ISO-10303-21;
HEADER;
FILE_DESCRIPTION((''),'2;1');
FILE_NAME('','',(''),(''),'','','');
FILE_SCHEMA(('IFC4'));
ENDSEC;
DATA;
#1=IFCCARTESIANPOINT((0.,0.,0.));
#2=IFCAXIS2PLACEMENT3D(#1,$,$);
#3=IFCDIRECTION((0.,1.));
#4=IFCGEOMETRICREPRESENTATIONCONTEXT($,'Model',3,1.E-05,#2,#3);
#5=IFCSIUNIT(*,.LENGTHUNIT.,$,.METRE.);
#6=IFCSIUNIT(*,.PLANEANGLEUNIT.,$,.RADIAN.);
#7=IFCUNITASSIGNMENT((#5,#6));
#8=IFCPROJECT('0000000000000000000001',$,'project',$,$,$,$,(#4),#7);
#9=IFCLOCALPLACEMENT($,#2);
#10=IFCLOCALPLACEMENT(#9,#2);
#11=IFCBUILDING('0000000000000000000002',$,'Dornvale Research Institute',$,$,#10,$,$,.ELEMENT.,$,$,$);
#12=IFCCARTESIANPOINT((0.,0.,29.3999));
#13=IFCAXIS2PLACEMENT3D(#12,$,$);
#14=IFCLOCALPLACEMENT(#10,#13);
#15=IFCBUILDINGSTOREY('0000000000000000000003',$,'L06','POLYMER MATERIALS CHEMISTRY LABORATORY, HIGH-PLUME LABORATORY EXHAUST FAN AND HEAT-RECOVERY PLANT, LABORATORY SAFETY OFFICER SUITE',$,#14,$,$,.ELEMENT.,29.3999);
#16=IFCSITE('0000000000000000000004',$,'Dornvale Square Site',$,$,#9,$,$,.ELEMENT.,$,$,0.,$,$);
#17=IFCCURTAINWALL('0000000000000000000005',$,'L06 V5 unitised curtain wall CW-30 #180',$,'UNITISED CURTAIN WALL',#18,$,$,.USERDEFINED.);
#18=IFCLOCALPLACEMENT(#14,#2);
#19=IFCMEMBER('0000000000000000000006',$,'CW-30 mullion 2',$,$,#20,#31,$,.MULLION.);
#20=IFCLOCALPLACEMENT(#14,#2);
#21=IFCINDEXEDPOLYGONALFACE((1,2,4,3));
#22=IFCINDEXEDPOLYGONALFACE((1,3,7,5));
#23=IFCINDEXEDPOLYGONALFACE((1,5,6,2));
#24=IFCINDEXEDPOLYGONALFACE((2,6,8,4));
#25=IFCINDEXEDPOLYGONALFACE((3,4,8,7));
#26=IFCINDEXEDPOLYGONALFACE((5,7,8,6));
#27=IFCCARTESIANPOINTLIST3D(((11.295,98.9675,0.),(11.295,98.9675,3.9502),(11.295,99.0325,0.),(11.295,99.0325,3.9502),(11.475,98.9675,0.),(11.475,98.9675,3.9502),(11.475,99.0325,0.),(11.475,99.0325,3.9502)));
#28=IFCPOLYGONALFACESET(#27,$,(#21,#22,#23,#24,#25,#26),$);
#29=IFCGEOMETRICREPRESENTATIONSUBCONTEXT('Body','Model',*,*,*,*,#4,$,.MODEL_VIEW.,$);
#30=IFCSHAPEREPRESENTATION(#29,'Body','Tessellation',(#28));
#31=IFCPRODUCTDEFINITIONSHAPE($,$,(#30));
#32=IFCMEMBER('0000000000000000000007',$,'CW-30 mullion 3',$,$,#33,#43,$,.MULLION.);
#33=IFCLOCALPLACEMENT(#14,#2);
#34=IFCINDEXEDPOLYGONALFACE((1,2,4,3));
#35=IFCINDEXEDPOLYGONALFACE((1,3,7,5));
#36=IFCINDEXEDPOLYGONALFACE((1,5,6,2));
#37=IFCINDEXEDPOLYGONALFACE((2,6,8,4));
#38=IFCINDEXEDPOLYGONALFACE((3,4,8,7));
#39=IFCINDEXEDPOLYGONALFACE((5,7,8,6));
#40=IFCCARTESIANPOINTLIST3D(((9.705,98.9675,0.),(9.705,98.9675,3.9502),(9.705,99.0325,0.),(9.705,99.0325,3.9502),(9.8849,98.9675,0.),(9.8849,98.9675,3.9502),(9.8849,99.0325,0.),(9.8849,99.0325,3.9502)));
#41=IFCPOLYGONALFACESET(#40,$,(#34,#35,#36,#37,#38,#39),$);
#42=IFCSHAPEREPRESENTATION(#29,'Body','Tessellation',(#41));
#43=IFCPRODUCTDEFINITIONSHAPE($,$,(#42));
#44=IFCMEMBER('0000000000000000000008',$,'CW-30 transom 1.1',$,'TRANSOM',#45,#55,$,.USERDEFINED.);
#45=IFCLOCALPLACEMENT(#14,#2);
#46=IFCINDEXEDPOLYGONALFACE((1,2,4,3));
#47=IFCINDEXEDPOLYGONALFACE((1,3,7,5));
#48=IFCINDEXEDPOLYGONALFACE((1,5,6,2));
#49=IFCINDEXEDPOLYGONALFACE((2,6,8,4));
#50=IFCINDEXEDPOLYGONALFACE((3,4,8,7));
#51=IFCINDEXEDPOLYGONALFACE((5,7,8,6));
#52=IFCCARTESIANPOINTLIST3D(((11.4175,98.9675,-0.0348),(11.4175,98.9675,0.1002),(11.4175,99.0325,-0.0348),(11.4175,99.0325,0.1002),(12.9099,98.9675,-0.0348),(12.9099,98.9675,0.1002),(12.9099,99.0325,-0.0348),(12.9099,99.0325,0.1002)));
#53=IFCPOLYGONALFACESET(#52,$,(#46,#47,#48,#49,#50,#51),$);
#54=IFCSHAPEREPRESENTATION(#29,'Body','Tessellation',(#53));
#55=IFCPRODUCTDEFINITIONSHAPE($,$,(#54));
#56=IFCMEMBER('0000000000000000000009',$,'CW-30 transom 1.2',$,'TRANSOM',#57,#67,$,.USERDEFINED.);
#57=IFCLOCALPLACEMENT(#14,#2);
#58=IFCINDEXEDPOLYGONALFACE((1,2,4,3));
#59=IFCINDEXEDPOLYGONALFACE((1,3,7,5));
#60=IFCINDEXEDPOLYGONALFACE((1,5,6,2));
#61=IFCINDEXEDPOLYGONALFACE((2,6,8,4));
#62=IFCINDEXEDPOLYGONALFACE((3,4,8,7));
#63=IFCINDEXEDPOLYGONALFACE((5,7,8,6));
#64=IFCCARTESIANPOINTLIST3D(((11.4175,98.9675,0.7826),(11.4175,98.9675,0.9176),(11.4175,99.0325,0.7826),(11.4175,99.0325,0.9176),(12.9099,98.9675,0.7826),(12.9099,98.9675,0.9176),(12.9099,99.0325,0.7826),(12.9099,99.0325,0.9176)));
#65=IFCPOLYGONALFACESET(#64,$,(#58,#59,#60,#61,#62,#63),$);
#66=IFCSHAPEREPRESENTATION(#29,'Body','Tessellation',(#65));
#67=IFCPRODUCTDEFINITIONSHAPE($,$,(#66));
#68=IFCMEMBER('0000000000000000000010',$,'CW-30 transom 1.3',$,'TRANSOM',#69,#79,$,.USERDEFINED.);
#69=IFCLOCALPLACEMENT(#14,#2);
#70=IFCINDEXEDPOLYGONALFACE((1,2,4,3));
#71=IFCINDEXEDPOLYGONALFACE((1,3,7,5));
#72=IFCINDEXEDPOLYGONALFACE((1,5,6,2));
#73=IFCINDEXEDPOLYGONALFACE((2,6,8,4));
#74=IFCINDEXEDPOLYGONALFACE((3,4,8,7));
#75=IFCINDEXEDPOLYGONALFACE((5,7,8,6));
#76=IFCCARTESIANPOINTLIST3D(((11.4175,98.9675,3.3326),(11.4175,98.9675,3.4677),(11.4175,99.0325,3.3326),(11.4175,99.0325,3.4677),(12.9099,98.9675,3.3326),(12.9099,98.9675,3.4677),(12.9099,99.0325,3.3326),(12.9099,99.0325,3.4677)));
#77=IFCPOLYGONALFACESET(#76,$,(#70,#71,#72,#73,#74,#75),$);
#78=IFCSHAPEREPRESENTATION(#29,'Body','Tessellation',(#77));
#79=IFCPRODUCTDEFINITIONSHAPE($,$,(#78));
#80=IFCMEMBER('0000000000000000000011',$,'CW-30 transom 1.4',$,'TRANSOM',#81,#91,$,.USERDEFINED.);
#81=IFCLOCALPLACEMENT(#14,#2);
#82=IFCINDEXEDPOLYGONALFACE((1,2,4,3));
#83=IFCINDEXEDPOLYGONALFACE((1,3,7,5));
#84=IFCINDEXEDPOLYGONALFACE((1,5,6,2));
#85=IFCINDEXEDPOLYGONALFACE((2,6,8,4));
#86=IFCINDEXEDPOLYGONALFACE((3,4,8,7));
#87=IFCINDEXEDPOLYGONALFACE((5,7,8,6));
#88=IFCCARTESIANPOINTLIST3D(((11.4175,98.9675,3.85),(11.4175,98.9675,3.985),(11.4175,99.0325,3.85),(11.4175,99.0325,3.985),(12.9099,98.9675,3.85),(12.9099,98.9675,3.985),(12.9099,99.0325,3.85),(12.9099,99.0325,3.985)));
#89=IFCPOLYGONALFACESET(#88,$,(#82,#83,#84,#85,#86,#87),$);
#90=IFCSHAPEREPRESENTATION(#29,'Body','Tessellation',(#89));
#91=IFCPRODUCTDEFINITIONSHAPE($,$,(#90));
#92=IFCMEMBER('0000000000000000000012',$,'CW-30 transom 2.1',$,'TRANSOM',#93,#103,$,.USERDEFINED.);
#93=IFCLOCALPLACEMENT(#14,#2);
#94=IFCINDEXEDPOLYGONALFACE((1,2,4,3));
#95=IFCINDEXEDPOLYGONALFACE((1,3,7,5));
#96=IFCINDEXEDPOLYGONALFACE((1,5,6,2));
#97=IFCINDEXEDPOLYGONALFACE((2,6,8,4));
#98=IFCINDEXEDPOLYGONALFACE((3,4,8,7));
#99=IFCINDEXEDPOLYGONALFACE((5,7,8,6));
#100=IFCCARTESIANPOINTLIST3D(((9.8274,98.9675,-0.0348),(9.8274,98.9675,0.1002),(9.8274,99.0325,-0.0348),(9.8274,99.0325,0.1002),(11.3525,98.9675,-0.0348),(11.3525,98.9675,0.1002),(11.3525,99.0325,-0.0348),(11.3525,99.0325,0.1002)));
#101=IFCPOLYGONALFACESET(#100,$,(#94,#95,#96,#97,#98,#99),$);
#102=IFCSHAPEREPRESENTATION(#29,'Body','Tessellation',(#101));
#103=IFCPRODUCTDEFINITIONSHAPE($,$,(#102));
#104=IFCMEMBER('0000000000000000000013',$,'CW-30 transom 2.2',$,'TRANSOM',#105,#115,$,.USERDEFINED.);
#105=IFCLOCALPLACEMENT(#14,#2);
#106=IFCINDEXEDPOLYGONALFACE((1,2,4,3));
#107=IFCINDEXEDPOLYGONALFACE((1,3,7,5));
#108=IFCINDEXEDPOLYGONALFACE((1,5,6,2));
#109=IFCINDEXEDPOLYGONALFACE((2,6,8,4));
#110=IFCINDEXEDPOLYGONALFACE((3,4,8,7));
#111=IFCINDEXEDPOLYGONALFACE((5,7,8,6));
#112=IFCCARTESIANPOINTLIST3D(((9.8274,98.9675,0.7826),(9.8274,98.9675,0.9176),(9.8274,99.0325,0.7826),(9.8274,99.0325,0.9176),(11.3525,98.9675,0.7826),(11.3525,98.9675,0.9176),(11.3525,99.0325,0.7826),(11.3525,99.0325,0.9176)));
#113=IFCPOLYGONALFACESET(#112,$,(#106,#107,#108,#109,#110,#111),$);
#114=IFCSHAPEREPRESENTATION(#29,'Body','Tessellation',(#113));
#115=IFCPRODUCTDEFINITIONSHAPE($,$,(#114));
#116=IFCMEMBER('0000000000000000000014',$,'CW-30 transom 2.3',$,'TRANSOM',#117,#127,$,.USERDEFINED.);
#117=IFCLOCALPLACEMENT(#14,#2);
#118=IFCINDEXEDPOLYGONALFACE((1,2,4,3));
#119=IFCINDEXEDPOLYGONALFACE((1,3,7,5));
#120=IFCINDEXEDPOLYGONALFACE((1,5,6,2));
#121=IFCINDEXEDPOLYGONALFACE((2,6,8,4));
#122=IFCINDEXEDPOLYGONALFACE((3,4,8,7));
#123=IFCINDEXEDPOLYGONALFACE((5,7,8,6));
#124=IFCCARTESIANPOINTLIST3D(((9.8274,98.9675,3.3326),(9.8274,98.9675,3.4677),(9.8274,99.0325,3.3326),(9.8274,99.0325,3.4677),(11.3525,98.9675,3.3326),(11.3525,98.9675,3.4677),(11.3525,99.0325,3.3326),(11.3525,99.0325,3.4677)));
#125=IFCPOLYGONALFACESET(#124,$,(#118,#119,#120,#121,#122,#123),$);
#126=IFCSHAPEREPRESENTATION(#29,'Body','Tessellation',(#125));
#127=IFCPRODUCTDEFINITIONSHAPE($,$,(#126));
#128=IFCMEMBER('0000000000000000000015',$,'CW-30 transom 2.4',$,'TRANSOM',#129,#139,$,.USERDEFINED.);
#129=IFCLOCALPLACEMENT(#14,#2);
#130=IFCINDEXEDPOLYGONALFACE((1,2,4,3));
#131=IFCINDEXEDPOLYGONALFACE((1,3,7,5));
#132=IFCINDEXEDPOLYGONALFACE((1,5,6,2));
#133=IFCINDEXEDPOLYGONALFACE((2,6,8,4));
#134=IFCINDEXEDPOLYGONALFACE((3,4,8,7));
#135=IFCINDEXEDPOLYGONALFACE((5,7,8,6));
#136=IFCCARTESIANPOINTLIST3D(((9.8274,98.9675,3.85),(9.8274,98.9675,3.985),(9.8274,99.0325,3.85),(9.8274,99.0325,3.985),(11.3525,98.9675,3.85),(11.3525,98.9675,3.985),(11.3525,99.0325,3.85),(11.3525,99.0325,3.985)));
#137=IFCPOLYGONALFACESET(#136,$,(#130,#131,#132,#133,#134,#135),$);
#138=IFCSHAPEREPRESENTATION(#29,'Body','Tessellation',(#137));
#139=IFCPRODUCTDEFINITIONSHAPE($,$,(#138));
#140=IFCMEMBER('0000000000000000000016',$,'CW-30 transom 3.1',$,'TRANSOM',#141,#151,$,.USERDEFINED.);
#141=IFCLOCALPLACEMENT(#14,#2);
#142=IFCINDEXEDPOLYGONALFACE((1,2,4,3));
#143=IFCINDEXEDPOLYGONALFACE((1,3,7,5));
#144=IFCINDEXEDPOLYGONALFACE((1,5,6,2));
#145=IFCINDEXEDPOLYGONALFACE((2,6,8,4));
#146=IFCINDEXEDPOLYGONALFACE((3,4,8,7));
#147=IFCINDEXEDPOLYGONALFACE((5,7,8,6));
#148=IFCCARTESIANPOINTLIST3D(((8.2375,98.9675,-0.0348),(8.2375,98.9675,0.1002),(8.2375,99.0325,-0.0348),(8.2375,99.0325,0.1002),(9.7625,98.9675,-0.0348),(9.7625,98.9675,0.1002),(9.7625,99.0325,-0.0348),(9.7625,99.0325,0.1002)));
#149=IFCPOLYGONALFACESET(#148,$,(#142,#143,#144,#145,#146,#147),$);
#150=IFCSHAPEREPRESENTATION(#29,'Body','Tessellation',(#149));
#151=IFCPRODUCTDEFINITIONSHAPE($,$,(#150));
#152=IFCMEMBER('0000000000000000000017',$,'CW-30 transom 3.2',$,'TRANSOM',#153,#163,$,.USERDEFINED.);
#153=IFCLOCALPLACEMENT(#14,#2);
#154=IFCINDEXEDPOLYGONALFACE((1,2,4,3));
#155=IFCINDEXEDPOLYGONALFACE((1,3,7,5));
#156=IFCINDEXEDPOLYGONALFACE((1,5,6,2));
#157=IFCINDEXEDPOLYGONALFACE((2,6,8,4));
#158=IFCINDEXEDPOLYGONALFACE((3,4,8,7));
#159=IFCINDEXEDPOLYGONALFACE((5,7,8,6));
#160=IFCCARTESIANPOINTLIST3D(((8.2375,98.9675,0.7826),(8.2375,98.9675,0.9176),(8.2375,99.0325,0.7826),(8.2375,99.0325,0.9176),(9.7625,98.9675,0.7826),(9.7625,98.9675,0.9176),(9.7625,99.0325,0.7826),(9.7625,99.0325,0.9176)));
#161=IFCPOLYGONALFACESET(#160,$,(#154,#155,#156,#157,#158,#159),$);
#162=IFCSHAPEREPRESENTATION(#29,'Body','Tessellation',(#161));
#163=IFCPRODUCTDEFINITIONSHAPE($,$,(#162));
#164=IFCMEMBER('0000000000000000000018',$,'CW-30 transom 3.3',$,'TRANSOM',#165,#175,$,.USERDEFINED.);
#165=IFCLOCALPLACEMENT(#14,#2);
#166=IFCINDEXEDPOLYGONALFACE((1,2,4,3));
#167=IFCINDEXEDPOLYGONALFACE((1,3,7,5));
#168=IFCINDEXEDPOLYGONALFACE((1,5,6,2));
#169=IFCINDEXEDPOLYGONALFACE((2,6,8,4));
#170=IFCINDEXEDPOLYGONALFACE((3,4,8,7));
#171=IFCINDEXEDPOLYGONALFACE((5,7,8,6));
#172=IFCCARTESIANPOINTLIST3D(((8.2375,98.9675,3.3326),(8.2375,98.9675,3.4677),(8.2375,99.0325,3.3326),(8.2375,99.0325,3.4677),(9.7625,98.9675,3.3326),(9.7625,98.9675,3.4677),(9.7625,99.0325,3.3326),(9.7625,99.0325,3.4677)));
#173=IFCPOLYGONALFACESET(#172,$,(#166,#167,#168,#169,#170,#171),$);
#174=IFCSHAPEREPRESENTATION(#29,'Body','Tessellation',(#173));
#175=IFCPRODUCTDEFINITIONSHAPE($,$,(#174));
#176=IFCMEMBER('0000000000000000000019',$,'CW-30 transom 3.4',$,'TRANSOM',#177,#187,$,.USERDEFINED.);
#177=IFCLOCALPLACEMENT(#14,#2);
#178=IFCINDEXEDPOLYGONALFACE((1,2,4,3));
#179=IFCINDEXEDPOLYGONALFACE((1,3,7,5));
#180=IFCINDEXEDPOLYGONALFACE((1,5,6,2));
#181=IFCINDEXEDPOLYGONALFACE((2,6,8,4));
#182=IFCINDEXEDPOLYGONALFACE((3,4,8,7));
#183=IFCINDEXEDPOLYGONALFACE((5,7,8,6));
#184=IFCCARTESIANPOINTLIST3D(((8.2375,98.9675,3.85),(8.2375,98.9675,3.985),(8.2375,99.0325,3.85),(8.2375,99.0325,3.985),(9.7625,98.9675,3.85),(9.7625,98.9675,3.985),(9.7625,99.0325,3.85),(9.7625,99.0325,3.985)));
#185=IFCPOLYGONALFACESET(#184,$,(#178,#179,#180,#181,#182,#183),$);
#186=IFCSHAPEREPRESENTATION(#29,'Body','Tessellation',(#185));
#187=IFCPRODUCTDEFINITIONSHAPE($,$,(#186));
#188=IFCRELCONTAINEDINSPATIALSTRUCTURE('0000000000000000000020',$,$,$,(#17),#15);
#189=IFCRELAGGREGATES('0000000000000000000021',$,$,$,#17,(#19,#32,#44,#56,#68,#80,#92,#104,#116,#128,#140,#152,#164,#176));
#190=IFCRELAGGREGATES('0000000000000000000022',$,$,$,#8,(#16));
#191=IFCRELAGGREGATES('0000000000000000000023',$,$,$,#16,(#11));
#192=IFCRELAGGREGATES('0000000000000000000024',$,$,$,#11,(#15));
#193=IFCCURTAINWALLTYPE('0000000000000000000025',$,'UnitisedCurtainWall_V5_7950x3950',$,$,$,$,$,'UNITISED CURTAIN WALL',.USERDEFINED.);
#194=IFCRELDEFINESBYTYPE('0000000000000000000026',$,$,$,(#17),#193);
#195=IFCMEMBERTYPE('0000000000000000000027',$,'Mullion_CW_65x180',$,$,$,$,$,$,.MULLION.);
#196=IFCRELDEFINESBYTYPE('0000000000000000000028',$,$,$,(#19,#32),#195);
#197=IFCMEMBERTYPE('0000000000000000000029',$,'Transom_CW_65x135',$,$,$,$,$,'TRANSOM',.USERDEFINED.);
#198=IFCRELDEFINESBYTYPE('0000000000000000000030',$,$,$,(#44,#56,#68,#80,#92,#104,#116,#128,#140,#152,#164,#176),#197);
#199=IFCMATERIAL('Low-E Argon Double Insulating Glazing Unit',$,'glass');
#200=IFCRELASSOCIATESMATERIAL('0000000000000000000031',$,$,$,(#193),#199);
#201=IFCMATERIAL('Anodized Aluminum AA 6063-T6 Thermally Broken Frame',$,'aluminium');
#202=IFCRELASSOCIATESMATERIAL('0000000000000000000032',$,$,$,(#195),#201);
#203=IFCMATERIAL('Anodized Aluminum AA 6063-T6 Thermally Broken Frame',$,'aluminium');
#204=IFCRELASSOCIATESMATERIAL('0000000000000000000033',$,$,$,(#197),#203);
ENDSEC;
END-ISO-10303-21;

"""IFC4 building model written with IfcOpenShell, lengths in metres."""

from ifc_helpers import new_model, si_unit, direction, frame, origin, origin_2d, place, context, subcontext, project, spatial, rectangle, extrude, material, material_profile, profile_set, type_object, element, aggregate, save


model = new_model("IFC4")

# Units and contexts
model_context = context("Model", 3, precision=1e-05, world=origin(), true_north=direction((0.0, 1.0)))
body_context = subcontext(model_context, "Body", "Model", "MODEL_VIEW")
ifc_project = project(units=[si_unit("LENGTHUNIT", "METRE"), si_unit("PLANEANGLEUNIT", "RADIAN")], contexts=[model_context])

# Site, building, storey
site_placement = place(None, origin())
site = spatial("IfcSite", under=ifc_project, at=site_placement, Name="Dornvale Square Site", CompositionType="ELEMENT", RefElevation=0.0)
building_placement = place(site_placement, origin())
building = spatial("IfcBuilding", under=site, at=building_placement, Name="Dornvale Research Institute", CompositionType="ELEMENT")
storey_placement = place(building_placement, frame((0.0, 0.0, 29.3999)))
storey = spatial("IfcBuildingStorey", under=building, at=storey_placement, Name="L06", Description="POLYMER MATERIALS CHEMISTRY LABORATORY, HIGH-PLUME LABORATORY EXHAUST FAN AND HEAT-RECOVERY PLANT, LABORATORY SAFETY OFFICER SUITE", CompositionType="ELEMENT", Elevation=29.3999)

# Curtain wall, members
ifc_material_1 = material(Name="Low-E Argon Double Insulating Glazing Unit", Category="glass")
curtain_wall_type = type_object("IfcCurtainWallType", Name="UnitisedCurtainWall_V5_7950x3950", ElementType="UNITISED CURTAIN WALL", PredefinedType="USERDEFINED", material=ifc_material_1)
curtain_wall_placement = place(storey_placement, origin())
curtain_wall = element("IfcCurtainWall", 1, at=curtain_wall_placement, inside=storey, type_object=curtain_wall_type, Name="L06 V5 unitised curtain wall CW-30 #180", ObjectType="UNITISED CURTAIN WALL", PredefinedType="USERDEFINED")
ifc_material_2 = material(Name="Anodized Aluminum AA 6063-T6 Thermally Broken Frame", Category="aluminium")
ifc_material_profile_1 = material_profile(ifc_material_2, rectangle(XDim=0.0649, YDim=0.1799, at=origin_2d()), Name="ALU MULLION 65x180")
ifc_profile_set_1 = profile_set([ifc_material_profile_1], Name="Anodized Aluminum AA 6063-T6 Thermally Broken Frame")
member_type_1 = type_object("IfcMemberType", Name="Mullion_CW_65x180", PredefinedType="MULLION", material=ifc_profile_set_1)
member_1_placement = place(storey_placement, frame((11.385, 99.0, 0.0), z_axis=(0.0, 0.0, 1.0), x_axis=(0.0, -1.0, 0.0)))
member_1 = element("IfcMember", 2, at=member_1_placement, type_object=member_type_1, Name="CW-30 mullion 2", PredefinedType="MULLION", context=body_context, shape_type="SweptSolid", body=[
    extrude(rectangle(XDim=0.0649, YDim=0.1799, at=origin_2d()), origin(), (0.0, 0.0, 1.0), 3.9502),
])
member_2_placement = place(storey_placement, frame((9.7949, 99.0, 0.0), z_axis=(0.0, 0.0, 1.0), x_axis=(0.0, -1.0, 0.0)))
member_2 = element("IfcMember", 3, at=member_2_placement, type_object=member_type_1, Name="CW-30 mullion 3", PredefinedType="MULLION", context=body_context, shape_type="SweptSolid", body=[
    extrude(rectangle(XDim=0.0649, YDim=0.1799, at=origin_2d()), origin(), (0.0, 0.0, 1.0), 3.9502),
])
ifc_material_3 = material(Name="Anodized Aluminum AA 6063-T6 Thermally Broken Frame", Category="aluminium")
ifc_material_profile_2 = material_profile(ifc_material_3, rectangle(XDim=0.0649, YDim=0.135, at=origin_2d()), Name="ALU TRANSOM 65x135")
ifc_profile_set_2 = profile_set([ifc_material_profile_2], Name="Anodized Aluminum AA 6063-T6 Thermally Broken Frame")
member_type_2 = type_object("IfcMemberType", Name="Transom_CW_65x135", ElementType="TRANSOM", PredefinedType="USERDEFINED", material=ifc_profile_set_2)
member_3_placement = place(storey_placement, frame((12.9099, 99.0, 0.0327), z_axis=(-1.0, 0.0, 0.0), x_axis=(0.0, -1.0, 0.0)))
member_3 = element("IfcMember", 4, at=member_3_placement, type_object=member_type_2, Name="CW-30 transom 1.1", ObjectType="TRANSOM", PredefinedType="USERDEFINED", context=body_context, shape_type="SweptSolid", body=[
    extrude(rectangle(XDim=0.0649, YDim=0.135, at=origin_2d()), origin(), (0.0, 0.0, 1.0), 1.4924),
])
member_4_placement = place(storey_placement, frame((12.9099, 99.0, 0.8501), z_axis=(-1.0, 0.0, 0.0), x_axis=(0.0, -1.0, 0.0)))
member_4 = element("IfcMember", 5, at=member_4_placement, type_object=member_type_2, Name="CW-30 transom 1.2", ObjectType="TRANSOM", PredefinedType="USERDEFINED", context=body_context, shape_type="SweptSolid", body=[
    extrude(rectangle(XDim=0.0649, YDim=0.135, at=origin_2d()), origin(), (0.0, 0.0, 1.0), 1.4924),
])
member_5_placement = place(storey_placement, frame((12.9099, 99.0, 3.4001), z_axis=(-1.0, 0.0, 0.0), x_axis=(0.0, -1.0, 0.0)))
member_5 = element("IfcMember", 6, at=member_5_placement, type_object=member_type_2, Name="CW-30 transom 1.3", ObjectType="TRANSOM", PredefinedType="USERDEFINED", context=body_context, shape_type="SweptSolid", body=[
    extrude(rectangle(XDim=0.0649, YDim=0.135, at=origin_2d()), origin(), (0.0, 0.0, 1.0), 1.4924),
])
member_6_placement = place(storey_placement, frame((12.9099, 99.0, 3.9175), z_axis=(-1.0, 0.0, 0.0), x_axis=(0.0, -1.0, 0.0)))
member_6 = element("IfcMember", 7, at=member_6_placement, type_object=member_type_2, Name="CW-30 transom 1.4", ObjectType="TRANSOM", PredefinedType="USERDEFINED", context=body_context, shape_type="SweptSolid", body=[
    extrude(rectangle(XDim=0.0649, YDim=0.135, at=origin_2d()), origin(), (0.0, 0.0, 1.0), 1.4924),
])
member_7_placement = place(storey_placement, frame((11.3525, 99.0, 0.0327), z_axis=(-1.0, 0.0, 0.0), x_axis=(0.0, -1.0, 0.0)))
member_7 = element("IfcMember", 8, at=member_7_placement, type_object=member_type_2, Name="CW-30 transom 2.1", ObjectType="TRANSOM", PredefinedType="USERDEFINED", context=body_context, shape_type="SweptSolid", body=[
    extrude(rectangle(XDim=0.0649, YDim=0.135, at=origin_2d()), origin(), (0.0, 0.0, 1.0), 1.5251),
])
member_8_placement = place(storey_placement, frame((11.3525, 99.0, 0.8501), z_axis=(-1.0, 0.0, 0.0), x_axis=(0.0, -1.0, 0.0)))
member_8 = element("IfcMember", 9, at=member_8_placement, type_object=member_type_2, Name="CW-30 transom 2.2", ObjectType="TRANSOM", PredefinedType="USERDEFINED", context=body_context, shape_type="SweptSolid", body=[
    extrude(rectangle(XDim=0.0649, YDim=0.135, at=origin_2d()), origin(), (0.0, 0.0, 1.0), 1.5251),
])
member_9_placement = place(storey_placement, frame((11.3525, 99.0, 3.4001), z_axis=(-1.0, 0.0, 0.0), x_axis=(0.0, -1.0, 0.0)))
member_9 = element("IfcMember", 10, at=member_9_placement, type_object=member_type_2, Name="CW-30 transom 2.3", ObjectType="TRANSOM", PredefinedType="USERDEFINED", context=body_context, shape_type="SweptSolid", body=[
    extrude(rectangle(XDim=0.0649, YDim=0.135, at=origin_2d()), origin(), (0.0, 0.0, 1.0), 1.5251),
])
member_10_placement = place(storey_placement, frame((11.3525, 99.0, 3.9175), z_axis=(-1.0, 0.0, 0.0), x_axis=(0.0, -1.0, 0.0)))
member_10 = element("IfcMember", 11, at=member_10_placement, type_object=member_type_2, Name="CW-30 transom 2.4", ObjectType="TRANSOM", PredefinedType="USERDEFINED", context=body_context, shape_type="SweptSolid", body=[
    extrude(rectangle(XDim=0.0649, YDim=0.135, at=origin_2d()), origin(), (0.0, 0.0, 1.0), 1.5251),
])
member_11_placement = place(storey_placement, frame((9.7625, 99.0, 0.0327), z_axis=(-1.0, 0.0, 0.0), x_axis=(0.0, -1.0, 0.0)))
member_11 = element("IfcMember", 12, at=member_11_placement, type_object=member_type_2, Name="CW-30 transom 3.1", ObjectType="TRANSOM", PredefinedType="USERDEFINED", context=body_context, shape_type="SweptSolid", body=[
    extrude(rectangle(XDim=0.0649, YDim=0.135, at=origin_2d()), origin(), (0.0, 0.0, 1.0), 1.5249),
])
member_12_placement = place(storey_placement, frame((9.7625, 99.0, 0.8501), z_axis=(-1.0, 0.0, 0.0), x_axis=(0.0, -1.0, 0.0)))
member_12 = element("IfcMember", 13, at=member_12_placement, type_object=member_type_2, Name="CW-30 transom 3.2", ObjectType="TRANSOM", PredefinedType="USERDEFINED", context=body_context, shape_type="SweptSolid", body=[
    extrude(rectangle(XDim=0.0649, YDim=0.135, at=origin_2d()), origin(), (0.0, 0.0, 1.0), 1.5249),
])
member_13_placement = place(storey_placement, frame((9.7625, 99.0, 3.4001), z_axis=(-1.0, 0.0, 0.0), x_axis=(0.0, -1.0, 0.0)))
member_13 = element("IfcMember", 14, at=member_13_placement, type_object=member_type_2, Name="CW-30 transom 3.3", ObjectType="TRANSOM", PredefinedType="USERDEFINED", context=body_context, shape_type="SweptSolid", body=[
    extrude(rectangle(XDim=0.0649, YDim=0.135, at=origin_2d()), origin(), (0.0, 0.0, 1.0), 1.5249),
])
member_14_placement = place(storey_placement, frame((9.7625, 99.0, 3.9175), z_axis=(-1.0, 0.0, 0.0), x_axis=(0.0, -1.0, 0.0)))
member_14 = element("IfcMember", 15, at=member_14_placement, type_object=member_type_2, Name="CW-30 transom 3.4", ObjectType="TRANSOM", PredefinedType="USERDEFINED", context=body_context, shape_type="SweptSolid", body=[
    extrude(rectangle(XDim=0.0649, YDim=0.135, at=origin_2d()), origin(), (0.0, 0.0, 1.0), 1.5249),
])
aggregate(curtain_wall, [member_1, member_2, member_3, member_4, member_5, member_6, member_7, member_8, member_9, member_10, member_11, member_12, member_13, member_14])

save(model, "model.ifc")
